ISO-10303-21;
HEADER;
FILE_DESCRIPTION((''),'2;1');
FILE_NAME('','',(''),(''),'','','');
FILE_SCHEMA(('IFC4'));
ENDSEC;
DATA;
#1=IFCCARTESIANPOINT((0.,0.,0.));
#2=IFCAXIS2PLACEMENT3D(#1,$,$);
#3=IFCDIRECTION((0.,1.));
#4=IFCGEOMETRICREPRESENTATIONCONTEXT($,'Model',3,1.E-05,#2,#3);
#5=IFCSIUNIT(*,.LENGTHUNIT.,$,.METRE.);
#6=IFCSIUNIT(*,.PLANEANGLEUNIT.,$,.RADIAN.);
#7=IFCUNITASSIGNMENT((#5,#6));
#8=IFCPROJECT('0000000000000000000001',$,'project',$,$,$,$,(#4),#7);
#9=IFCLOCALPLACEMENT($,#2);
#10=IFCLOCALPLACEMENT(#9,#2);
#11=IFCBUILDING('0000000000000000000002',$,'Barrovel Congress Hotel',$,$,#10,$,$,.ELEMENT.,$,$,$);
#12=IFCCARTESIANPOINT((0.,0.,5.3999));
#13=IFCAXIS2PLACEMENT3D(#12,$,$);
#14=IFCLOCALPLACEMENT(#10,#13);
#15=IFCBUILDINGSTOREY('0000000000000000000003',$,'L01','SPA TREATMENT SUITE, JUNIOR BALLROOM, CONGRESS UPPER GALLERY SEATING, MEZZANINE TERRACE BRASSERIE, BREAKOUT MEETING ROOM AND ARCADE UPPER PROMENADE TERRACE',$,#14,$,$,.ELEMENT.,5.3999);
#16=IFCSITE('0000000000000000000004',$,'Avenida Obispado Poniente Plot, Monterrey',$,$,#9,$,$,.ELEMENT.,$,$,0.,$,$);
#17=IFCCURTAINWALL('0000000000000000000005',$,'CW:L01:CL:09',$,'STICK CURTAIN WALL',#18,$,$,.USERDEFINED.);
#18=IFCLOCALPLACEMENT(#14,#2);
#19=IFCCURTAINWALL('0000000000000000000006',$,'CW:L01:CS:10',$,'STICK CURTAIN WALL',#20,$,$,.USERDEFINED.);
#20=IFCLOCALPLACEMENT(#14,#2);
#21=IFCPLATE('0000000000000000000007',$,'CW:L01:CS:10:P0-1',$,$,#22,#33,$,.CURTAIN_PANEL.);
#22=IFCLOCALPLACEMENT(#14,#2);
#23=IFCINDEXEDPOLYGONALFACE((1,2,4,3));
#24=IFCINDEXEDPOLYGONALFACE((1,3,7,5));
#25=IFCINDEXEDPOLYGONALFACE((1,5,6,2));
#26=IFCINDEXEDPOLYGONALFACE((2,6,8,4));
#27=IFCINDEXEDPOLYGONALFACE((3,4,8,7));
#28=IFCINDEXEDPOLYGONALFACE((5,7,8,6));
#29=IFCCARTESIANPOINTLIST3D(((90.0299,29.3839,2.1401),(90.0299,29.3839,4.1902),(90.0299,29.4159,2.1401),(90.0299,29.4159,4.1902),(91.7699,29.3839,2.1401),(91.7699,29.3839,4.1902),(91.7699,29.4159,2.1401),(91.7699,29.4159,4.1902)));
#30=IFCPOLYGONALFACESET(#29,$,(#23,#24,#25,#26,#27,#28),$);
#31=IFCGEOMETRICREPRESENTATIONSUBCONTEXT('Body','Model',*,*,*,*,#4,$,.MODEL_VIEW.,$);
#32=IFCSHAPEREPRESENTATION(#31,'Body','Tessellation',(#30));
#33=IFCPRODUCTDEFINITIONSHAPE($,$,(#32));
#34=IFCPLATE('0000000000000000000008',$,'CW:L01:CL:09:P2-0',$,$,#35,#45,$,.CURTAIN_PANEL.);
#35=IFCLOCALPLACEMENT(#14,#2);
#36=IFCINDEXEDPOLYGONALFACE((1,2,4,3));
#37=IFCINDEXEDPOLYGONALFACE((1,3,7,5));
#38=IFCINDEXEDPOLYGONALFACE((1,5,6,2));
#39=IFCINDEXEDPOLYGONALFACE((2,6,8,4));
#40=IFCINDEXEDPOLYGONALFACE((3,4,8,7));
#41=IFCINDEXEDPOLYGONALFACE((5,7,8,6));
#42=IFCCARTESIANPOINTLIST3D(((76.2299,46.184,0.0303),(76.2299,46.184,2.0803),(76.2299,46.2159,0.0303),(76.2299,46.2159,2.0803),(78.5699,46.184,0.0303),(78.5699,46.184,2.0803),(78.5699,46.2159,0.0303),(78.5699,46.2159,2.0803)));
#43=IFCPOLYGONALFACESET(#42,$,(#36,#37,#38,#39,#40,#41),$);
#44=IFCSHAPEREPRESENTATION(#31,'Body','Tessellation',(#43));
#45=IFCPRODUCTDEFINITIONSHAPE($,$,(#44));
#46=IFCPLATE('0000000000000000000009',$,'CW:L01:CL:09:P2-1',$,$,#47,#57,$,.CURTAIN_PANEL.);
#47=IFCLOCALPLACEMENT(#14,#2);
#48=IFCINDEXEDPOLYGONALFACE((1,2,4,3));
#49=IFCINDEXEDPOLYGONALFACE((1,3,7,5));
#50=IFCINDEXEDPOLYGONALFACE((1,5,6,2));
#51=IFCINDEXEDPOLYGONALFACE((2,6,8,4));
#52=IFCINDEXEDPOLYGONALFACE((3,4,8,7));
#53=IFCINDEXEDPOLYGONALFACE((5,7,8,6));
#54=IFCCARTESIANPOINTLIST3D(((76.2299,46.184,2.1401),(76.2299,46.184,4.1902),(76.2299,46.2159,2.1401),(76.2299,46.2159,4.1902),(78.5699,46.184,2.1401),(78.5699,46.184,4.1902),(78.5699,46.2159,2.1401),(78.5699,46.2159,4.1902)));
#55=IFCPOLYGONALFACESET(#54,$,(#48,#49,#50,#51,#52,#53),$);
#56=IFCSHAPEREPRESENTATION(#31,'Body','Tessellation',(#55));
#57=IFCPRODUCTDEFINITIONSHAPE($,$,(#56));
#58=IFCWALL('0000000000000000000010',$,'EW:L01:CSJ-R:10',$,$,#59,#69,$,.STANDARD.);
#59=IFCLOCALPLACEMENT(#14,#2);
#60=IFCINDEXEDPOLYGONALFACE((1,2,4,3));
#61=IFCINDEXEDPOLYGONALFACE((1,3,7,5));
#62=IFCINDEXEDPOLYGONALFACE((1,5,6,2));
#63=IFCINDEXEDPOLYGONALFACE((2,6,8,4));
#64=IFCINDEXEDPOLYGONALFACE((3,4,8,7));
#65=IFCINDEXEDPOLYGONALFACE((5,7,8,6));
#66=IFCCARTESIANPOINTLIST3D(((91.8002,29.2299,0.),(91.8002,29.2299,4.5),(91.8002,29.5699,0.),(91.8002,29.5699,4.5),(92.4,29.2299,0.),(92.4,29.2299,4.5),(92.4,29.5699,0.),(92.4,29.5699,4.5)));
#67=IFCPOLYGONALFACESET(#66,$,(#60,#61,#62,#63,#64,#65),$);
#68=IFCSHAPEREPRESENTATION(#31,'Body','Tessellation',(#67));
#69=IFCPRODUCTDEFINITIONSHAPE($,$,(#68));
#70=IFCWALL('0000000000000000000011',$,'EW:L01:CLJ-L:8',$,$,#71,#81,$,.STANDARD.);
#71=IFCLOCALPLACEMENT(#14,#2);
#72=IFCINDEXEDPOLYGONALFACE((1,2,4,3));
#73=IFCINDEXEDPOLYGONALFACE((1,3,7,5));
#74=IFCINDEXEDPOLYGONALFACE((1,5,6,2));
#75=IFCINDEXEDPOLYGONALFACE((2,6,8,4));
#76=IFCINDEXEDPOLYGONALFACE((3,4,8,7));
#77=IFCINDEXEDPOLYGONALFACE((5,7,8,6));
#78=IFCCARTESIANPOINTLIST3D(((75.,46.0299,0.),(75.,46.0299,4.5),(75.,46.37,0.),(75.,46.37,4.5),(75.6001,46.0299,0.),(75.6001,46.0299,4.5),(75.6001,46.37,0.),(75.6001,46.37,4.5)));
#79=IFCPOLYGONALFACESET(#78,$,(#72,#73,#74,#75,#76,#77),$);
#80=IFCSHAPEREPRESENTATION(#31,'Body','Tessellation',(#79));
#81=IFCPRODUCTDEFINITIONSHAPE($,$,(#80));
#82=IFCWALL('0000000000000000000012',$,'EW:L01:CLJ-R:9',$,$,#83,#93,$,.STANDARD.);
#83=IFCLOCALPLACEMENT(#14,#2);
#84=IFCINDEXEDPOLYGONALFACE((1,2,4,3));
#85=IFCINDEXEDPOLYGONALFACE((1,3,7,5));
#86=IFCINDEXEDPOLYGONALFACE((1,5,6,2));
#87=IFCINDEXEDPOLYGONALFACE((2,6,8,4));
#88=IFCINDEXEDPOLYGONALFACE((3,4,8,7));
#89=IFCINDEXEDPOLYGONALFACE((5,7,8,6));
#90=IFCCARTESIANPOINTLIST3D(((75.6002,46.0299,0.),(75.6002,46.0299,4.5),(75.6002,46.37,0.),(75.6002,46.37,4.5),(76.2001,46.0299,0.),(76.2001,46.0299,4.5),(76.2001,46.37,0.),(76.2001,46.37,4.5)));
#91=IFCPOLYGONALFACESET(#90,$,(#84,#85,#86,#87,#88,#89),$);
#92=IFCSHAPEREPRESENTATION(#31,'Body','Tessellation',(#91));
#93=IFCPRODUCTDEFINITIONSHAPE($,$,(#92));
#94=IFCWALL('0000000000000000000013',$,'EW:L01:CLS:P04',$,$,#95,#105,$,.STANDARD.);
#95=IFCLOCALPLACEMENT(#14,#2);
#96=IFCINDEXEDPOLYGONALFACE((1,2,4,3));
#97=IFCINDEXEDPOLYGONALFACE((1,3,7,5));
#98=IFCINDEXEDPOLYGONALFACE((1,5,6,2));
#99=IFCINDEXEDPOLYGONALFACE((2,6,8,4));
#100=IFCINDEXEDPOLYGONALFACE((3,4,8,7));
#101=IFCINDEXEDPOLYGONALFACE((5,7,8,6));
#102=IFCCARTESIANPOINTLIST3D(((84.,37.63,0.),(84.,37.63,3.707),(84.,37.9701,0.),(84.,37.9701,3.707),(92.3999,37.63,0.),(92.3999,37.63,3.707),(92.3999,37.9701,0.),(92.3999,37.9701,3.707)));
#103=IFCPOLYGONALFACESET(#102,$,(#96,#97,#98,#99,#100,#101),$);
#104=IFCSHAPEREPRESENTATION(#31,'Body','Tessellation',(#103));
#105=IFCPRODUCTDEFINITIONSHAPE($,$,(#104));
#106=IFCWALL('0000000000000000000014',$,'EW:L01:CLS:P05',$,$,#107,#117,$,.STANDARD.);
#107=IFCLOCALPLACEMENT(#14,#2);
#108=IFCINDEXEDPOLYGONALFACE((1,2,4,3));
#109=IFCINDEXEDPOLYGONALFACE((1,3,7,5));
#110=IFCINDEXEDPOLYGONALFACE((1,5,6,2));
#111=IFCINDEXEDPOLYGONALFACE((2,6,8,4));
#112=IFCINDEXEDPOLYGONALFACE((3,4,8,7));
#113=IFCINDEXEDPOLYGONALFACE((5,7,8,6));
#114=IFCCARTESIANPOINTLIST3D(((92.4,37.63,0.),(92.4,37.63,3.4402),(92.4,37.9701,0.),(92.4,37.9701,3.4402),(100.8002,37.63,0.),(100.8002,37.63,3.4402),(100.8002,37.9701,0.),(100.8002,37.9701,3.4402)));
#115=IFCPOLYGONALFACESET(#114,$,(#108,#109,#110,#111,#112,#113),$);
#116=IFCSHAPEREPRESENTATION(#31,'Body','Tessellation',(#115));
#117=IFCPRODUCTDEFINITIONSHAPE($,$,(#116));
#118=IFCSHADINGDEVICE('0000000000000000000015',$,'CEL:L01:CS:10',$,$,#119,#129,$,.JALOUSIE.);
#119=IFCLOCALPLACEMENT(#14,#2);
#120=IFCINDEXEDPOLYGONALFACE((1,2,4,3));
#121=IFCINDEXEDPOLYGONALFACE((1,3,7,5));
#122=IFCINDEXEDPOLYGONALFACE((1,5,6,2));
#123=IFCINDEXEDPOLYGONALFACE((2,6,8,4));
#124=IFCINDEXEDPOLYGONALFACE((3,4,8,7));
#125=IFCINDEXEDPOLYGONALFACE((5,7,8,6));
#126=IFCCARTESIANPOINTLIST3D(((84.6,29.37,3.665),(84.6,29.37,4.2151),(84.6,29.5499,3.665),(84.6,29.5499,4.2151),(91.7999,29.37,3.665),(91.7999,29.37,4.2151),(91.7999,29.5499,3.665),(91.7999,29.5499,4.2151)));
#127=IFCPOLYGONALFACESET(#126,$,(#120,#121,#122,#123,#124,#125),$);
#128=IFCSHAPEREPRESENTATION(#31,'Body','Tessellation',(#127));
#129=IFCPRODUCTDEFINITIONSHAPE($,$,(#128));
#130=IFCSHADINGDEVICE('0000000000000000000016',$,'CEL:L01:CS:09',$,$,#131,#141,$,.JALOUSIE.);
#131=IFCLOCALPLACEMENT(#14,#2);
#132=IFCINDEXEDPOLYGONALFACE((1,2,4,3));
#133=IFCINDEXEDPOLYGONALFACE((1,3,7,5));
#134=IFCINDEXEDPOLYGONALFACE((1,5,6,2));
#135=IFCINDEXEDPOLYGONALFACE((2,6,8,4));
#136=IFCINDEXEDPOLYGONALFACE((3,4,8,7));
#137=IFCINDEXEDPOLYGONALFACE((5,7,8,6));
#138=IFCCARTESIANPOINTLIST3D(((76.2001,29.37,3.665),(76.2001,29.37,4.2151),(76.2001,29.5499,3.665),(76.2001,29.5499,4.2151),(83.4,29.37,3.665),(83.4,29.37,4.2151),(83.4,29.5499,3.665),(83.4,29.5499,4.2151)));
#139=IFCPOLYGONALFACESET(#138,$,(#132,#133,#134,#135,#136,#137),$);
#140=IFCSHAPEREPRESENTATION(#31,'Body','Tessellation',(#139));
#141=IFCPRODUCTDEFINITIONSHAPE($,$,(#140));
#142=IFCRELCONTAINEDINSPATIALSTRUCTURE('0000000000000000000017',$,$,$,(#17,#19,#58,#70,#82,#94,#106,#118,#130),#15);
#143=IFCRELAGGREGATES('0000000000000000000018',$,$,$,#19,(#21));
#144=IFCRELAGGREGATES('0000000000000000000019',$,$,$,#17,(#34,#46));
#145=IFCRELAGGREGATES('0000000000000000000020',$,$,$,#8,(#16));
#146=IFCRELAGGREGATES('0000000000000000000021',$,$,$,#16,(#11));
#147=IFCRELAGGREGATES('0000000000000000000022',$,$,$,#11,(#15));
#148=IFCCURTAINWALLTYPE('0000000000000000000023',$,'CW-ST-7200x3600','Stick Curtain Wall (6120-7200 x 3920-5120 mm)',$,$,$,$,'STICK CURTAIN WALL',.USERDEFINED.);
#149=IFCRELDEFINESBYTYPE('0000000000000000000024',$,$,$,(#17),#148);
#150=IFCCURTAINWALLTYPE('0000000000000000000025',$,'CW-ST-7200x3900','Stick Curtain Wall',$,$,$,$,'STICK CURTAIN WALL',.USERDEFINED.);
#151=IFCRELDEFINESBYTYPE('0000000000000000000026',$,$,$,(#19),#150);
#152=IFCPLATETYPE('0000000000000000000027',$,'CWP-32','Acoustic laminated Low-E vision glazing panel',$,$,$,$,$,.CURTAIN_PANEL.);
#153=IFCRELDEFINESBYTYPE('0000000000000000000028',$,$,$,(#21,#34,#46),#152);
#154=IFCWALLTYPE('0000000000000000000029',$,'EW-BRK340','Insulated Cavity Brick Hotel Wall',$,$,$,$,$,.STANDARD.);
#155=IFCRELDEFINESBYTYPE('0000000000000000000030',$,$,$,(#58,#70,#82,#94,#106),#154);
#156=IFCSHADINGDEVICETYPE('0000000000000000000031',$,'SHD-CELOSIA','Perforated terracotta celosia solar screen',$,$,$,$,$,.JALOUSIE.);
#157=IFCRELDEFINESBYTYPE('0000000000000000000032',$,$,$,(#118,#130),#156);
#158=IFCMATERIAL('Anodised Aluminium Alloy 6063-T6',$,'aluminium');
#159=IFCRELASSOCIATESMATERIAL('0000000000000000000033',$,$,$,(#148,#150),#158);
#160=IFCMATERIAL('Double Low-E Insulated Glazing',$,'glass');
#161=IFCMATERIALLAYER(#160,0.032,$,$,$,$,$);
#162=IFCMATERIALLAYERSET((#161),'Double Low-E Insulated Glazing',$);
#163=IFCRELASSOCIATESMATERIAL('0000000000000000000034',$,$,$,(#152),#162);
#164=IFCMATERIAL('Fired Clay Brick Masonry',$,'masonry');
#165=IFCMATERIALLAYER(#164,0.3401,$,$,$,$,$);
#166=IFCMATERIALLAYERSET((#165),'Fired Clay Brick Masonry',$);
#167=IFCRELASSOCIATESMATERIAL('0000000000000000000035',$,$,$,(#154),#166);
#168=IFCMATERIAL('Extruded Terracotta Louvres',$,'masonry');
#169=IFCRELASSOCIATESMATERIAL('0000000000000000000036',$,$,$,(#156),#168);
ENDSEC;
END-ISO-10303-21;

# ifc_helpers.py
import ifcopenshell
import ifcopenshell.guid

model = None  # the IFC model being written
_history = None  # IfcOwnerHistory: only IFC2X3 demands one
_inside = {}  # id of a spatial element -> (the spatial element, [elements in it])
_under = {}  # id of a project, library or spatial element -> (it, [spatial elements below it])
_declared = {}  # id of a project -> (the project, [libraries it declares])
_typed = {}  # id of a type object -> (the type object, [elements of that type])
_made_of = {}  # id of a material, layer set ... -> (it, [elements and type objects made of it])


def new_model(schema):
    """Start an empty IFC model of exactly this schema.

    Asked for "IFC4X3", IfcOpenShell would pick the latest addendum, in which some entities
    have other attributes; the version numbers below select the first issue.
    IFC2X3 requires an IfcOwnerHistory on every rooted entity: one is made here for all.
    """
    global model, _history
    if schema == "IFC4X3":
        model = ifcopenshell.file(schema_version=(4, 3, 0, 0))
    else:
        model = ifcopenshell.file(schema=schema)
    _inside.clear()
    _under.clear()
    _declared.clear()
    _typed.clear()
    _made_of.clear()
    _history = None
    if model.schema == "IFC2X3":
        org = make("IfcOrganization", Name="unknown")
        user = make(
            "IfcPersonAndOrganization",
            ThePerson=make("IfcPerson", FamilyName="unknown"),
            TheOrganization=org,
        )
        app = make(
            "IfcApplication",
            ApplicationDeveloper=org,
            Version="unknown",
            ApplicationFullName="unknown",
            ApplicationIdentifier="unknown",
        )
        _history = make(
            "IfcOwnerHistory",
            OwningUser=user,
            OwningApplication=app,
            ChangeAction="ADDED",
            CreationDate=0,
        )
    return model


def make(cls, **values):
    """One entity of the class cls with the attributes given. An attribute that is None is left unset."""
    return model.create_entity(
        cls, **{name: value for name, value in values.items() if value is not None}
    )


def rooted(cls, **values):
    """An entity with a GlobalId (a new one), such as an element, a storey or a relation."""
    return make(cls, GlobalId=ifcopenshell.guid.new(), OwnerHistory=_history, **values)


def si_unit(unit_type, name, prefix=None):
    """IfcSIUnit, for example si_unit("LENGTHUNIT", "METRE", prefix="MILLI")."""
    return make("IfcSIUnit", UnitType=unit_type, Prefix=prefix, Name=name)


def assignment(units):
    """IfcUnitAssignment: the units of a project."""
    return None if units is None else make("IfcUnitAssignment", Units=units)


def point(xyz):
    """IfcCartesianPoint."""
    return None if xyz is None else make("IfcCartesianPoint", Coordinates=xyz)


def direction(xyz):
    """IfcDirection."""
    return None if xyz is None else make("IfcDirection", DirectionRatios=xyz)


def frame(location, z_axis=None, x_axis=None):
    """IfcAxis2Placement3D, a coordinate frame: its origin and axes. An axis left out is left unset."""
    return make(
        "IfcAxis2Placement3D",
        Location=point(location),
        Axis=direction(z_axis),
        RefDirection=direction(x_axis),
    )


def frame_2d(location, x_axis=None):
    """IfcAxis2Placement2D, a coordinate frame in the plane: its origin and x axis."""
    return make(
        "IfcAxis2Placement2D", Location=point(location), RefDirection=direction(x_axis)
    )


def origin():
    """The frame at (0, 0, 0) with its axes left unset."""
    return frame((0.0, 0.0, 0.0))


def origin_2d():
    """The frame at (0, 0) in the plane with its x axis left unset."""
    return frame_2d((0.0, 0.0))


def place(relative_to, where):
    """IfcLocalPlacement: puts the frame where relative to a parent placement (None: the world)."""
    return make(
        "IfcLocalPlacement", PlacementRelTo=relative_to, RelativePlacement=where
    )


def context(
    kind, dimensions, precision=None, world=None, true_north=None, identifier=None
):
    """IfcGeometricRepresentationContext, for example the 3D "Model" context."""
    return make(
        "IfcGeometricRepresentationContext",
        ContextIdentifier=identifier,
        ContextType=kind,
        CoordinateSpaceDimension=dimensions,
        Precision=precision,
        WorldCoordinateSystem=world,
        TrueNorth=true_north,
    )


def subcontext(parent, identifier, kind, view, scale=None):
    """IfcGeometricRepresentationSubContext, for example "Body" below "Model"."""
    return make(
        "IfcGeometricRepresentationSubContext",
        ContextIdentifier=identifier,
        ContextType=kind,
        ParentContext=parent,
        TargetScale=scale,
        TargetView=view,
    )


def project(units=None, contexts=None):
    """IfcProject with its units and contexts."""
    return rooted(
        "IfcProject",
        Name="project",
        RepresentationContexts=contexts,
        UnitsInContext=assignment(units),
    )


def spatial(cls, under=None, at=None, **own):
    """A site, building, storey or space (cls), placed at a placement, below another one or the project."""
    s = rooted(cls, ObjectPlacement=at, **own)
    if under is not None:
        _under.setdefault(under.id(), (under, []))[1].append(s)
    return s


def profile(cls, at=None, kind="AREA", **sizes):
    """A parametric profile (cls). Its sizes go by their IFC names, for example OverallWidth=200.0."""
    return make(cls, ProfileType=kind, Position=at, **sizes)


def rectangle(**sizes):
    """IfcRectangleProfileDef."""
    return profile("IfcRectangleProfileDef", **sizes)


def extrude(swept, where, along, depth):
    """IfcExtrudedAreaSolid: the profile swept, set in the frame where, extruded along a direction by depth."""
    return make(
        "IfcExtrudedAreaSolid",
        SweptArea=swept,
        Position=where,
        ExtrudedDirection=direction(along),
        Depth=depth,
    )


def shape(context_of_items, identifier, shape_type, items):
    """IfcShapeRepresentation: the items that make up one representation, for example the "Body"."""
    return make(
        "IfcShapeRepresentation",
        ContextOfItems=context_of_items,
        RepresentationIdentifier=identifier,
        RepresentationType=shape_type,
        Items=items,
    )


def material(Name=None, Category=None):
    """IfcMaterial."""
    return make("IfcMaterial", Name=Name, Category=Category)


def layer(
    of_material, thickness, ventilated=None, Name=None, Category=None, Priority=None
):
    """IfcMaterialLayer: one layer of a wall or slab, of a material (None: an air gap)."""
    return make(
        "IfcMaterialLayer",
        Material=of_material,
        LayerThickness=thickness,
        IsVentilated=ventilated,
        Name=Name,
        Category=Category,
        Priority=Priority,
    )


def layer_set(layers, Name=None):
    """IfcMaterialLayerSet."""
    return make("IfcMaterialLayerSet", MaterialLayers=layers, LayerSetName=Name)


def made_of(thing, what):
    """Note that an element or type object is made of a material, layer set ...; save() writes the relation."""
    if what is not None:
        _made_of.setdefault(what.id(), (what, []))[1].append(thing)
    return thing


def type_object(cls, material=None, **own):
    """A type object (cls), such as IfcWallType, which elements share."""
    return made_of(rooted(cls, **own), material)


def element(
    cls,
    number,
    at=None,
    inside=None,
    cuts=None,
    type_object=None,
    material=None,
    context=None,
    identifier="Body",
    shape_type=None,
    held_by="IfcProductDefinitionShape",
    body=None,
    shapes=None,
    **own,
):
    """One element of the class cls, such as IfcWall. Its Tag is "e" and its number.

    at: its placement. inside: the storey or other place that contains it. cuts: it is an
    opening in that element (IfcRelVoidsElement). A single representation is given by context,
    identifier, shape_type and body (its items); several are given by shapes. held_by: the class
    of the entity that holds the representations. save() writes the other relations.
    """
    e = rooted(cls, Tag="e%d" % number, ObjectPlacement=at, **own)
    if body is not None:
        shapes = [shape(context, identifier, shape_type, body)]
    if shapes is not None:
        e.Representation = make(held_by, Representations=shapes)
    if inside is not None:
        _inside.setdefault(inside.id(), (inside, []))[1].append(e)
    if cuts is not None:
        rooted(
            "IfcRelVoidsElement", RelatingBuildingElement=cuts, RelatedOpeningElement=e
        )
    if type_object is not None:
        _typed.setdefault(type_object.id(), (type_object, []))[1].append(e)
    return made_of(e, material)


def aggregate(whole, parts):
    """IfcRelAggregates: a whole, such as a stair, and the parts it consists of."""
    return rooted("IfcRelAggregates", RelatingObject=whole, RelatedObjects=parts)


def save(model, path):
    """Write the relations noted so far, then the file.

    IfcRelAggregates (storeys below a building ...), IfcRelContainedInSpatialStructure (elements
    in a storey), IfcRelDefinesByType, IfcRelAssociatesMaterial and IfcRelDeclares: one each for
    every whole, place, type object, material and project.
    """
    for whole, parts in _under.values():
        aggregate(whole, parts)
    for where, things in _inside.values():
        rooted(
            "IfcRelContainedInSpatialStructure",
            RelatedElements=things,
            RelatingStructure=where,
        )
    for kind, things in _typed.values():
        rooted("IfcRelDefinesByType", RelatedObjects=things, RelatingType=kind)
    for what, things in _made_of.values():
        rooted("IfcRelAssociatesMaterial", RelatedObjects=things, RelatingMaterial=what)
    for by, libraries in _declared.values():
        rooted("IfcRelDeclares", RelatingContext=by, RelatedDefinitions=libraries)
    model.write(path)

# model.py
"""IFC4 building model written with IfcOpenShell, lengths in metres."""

from ifc_helpers import new_model, si_unit, direction, frame, frame_2d, origin, origin_2d, place, context, subcontext, project, spatial, rectangle, extrude, material, layer, layer_set, type_object, element, aggregate, save


model = new_model("IFC4")

# Units and contexts
model_context = context("Model", 3, precision=1e-05, world=origin(), true_north=direction((0.0, 1.0)))
body_context = subcontext(model_context, "Body", "Model", "MODEL_VIEW")
ifc_project = project(units=[si_unit("LENGTHUNIT", "METRE"), si_unit("PLANEANGLEUNIT", "RADIAN")], contexts=[model_context])

# Site, building, storey
site_placement = place(None, origin())
site = spatial("IfcSite", under=ifc_project, at=site_placement, Name="Avenida Obispado Poniente Plot, Monterrey", CompositionType="ELEMENT", RefElevation=0.0)
building_placement = place(site_placement, origin())
building = spatial("IfcBuilding", under=site, at=building_placement, Name="Barrovel Congress Hotel", CompositionType="ELEMENT")
storey_placement = place(building_placement, frame((0.0, 0.0, 5.3999)))
storey = spatial("IfcBuildingStorey", under=building, at=storey_placement, Name="L01", Description="SPA TREATMENT SUITE, JUNIOR BALLROOM, CONGRESS UPPER GALLERY SEATING, MEZZANINE TERRACE BRASSERIE, BREAKOUT MEETING ROOM AND ARCADE UPPER PROMENADE TERRACE", CompositionType="ELEMENT", Elevation=5.3999)

# Curtain wall
ifc_material_1 = material(Name="Anodised Aluminium Alloy 6063-T6", Category="aluminium")
curtain_wall_type_1 = type_object("IfcCurtainWallType", Name="CW-ST-7200x3600", Description="Stick Curtain Wall (6120-7200 x 3920-5120 mm)", ElementType="STICK CURTAIN WALL", PredefinedType="USERDEFINED", material=ifc_material_1)
curtain_wall_1_placement = place(storey_placement, origin())
curtain_wall_1 = element("IfcCurtainWall", 1, at=curtain_wall_1_placement, inside=storey, type_object=curtain_wall_type_1, Name="CW:L01:CL:09", ObjectType="STICK CURTAIN WALL", PredefinedType="USERDEFINED")

# Curtain wall
curtain_wall_type_2 = type_object("IfcCurtainWallType", Name="CW-ST-7200x3900", Description="Stick Curtain Wall", ElementType="STICK CURTAIN WALL", PredefinedType="USERDEFINED", material=ifc_material_1)
curtain_wall_2_placement = place(storey_placement, origin())
curtain_wall_2 = element("IfcCurtainWall", 2, at=curtain_wall_2_placement, inside=storey, type_object=curtain_wall_type_2, Name="CW:L01:CS:10", ObjectType="STICK CURTAIN WALL", PredefinedType="USERDEFINED")

# Plates
ifc_material_2 = material(Name="Double Low-E Insulated Glazing", Category="glass")
ifc_layer_1 = layer(ifc_material_2, 0.032)
ifc_layer_set_1 = layer_set([ifc_layer_1], Name="Double Low-E Insulated Glazing")
plate_type = type_object("IfcPlateType", Name="CWP-32", Description="Acoustic laminated Low-E vision glazing panel", PredefinedType="CURTAIN_PANEL", material=ifc_layer_set_1)
plate_1_placement = place(storey_placement, frame((90.8999, 29.3999, 2.1401), z_axis=(0.0, 0.0, 1.0), x_axis=(-1.0, 0.0, 0.0)))
plate_1 = element("IfcPlate", 3, at=plate_1_placement, type_object=plate_type, Name="CW:L01:CS:10:P0-1", PredefinedType="CURTAIN_PANEL", context=body_context, shape_type="SweptSolid", body=[
    extrude(rectangle(XDim=1.74, YDim=0.032, at=origin_2d()), origin(), (0.0, 0.0, 1.0), 2.05),
])
aggregate(curtain_wall_2, [plate_1])
plate_2_placement = place(storey_placement, frame((77.3999, 46.2, 0.0303), z_axis=(0.0, 0.0, 1.0), x_axis=(-1.0, 0.0, 0.0)))
plate_2 = element("IfcPlate", 4, at=plate_2_placement, type_object=plate_type, Name="CW:L01:CL:09:P2-0", PredefinedType="CURTAIN_PANEL", context=body_context, shape_type="SweptSolid", body=[
    extrude(rectangle(XDim=2.3401, YDim=0.032, at=origin_2d()), origin(), (0.0, 0.0, 1.0), 2.05),
])
plate_3_placement = place(storey_placement, frame((77.3999, 46.2, 2.1401), z_axis=(0.0, 0.0, 1.0), x_axis=(-1.0, 0.0, 0.0)))
plate_3 = element("IfcPlate", 5, at=plate_3_placement, type_object=plate_type, Name="CW:L01:CL:09:P2-1", PredefinedType="CURTAIN_PANEL", context=body_context, shape_type="SweptSolid", body=[
    extrude(rectangle(XDim=2.3401, YDim=0.032, at=origin_2d()), origin(), (0.0, 0.0, 1.0), 2.05),
])
aggregate(curtain_wall_1, [plate_2, plate_3])

# Walls
ifc_material_3 = material(Name="Fired Clay Brick Masonry", Category="masonry")
ifc_layer_2 = layer(ifc_material_3, 0.3401)
ifc_layer_set_2 = layer_set([ifc_layer_2], Name="Fired Clay Brick Masonry")
wall_type = type_object("IfcWallType", Name="EW-BRK340", Description="Insulated Cavity Brick Hotel Wall", PredefinedType="STANDARD", material=ifc_layer_set_2)
wall_1_placement = place(storey_placement, frame((92.3999, 29.3999, 0.0), z_axis=(0.0, 0.0, 1.0), x_axis=(-1.0, 0.0, 0.0)))
element("IfcWall", 6, at=wall_1_placement, inside=storey, type_object=wall_type, Name="EW:L01:CSJ-R:10", PredefinedType="STANDARD", context=body_context, shape_type="SweptSolid", body=[
    extrude(rectangle(XDim=0.5999, YDim=0.3401, at=frame_2d((0.2998, 0.0))), origin(), (0.0, 0.0, 1.0), 4.5),
])
wall_2_placement = place(storey_placement, frame((75.6001, 46.2, 0.0), z_axis=(0.0, 0.0, 1.0), x_axis=(-1.0, 0.0, 0.0)))
element("IfcWall", 7, at=wall_2_placement, inside=storey, type_object=wall_type, Name="EW:L01:CLJ-L:8", PredefinedType="STANDARD", context=body_context, shape_type="SweptSolid", body=[
    extrude(rectangle(XDim=0.6001, YDim=0.3401, at=frame_2d((0.3, 0.0))), origin(), (0.0, 0.0, 1.0), 4.5),
])
wall_3_placement = place(storey_placement, frame((76.2, 46.2, 0.0), z_axis=(0.0, 0.0, 1.0), x_axis=(-1.0, 0.0, 0.0)))
element("IfcWall", 8, at=wall_3_placement, inside=storey, type_object=wall_type, Name="EW:L01:CLJ-R:9", PredefinedType="STANDARD", context=body_context, shape_type="SweptSolid", body=[
    extrude(rectangle(XDim=0.5999, YDim=0.3401, at=frame_2d((0.2998, 0.0))), origin(), (0.0, 0.0, 1.0), 4.5),
])
wall_4_placement = place(storey_placement, frame((84.0, 37.8, 0.0), z_axis=(0.0, 0.0, 1.0), x_axis=(1.0, 0.0, 0.0)))
element("IfcWall", 9, at=wall_4_placement, inside=storey, type_object=wall_type, Name="EW:L01:CLS:P04", PredefinedType="STANDARD", context=body_context, shape_type="SweptSolid", body=[
    extrude(rectangle(XDim=8.3999, YDim=0.3401, at=frame_2d((4.2, 0.0))), origin(), (0.0, 0.0, 1.0), 3.707),
])
wall_5_placement = place(storey_placement, frame((92.3999, 37.8, 0.0), z_axis=(0.0, 0.0, 1.0), x_axis=(1.0, 0.0, 0.0)))
element("IfcWall", 10, at=wall_5_placement, inside=storey, type_object=wall_type, Name="EW:L01:CLS:P05", PredefinedType="STANDARD", context=body_context, shape_type="SweptSolid", body=[
    extrude(rectangle(XDim=8.4001, YDim=0.3401, at=frame_2d((4.2002, 0.0))), origin(), (0.0, 0.0, 1.0), 3.4402),
])

# Shading devices
ifc_material_4 = material(Name="Extruded Terracotta Louvres", Category="masonry")
shading_device_type = type_object("IfcShadingDeviceType", Name="SHD-CELOSIA", Description="Perforated terracotta celosia solar screen", PredefinedType="JALOUSIE", material=ifc_material_4)
for number, where, z_axis, x_axis, name in (
    (11, (88.2, 29.46, 3.665), (0.0, 0.0, 1.0), (1.0, 0.0, 0.0), "CEL:L01:CS:10"),
    (12, (79.8, 29.46, 3.665), (0.0, 0.0, 1.0), (1.0, 0.0, 0.0), "CEL:L01:CS:09"),
):
    element("IfcShadingDevice", number, at=place(storey_placement, frame(where, z_axis=z_axis, x_axis=x_axis)), inside=storey, type_object=shading_device_type, Name=name, PredefinedType="JALOUSIE", context=body_context, shape_type="SweptSolid", body=[
        extrude(rectangle(XDim=7.2, YDim=0.1799, at=origin_2d()), origin(), (0.0, 0.0, 1.0), 0.55),
    ])

save(model, "model.ifc")
